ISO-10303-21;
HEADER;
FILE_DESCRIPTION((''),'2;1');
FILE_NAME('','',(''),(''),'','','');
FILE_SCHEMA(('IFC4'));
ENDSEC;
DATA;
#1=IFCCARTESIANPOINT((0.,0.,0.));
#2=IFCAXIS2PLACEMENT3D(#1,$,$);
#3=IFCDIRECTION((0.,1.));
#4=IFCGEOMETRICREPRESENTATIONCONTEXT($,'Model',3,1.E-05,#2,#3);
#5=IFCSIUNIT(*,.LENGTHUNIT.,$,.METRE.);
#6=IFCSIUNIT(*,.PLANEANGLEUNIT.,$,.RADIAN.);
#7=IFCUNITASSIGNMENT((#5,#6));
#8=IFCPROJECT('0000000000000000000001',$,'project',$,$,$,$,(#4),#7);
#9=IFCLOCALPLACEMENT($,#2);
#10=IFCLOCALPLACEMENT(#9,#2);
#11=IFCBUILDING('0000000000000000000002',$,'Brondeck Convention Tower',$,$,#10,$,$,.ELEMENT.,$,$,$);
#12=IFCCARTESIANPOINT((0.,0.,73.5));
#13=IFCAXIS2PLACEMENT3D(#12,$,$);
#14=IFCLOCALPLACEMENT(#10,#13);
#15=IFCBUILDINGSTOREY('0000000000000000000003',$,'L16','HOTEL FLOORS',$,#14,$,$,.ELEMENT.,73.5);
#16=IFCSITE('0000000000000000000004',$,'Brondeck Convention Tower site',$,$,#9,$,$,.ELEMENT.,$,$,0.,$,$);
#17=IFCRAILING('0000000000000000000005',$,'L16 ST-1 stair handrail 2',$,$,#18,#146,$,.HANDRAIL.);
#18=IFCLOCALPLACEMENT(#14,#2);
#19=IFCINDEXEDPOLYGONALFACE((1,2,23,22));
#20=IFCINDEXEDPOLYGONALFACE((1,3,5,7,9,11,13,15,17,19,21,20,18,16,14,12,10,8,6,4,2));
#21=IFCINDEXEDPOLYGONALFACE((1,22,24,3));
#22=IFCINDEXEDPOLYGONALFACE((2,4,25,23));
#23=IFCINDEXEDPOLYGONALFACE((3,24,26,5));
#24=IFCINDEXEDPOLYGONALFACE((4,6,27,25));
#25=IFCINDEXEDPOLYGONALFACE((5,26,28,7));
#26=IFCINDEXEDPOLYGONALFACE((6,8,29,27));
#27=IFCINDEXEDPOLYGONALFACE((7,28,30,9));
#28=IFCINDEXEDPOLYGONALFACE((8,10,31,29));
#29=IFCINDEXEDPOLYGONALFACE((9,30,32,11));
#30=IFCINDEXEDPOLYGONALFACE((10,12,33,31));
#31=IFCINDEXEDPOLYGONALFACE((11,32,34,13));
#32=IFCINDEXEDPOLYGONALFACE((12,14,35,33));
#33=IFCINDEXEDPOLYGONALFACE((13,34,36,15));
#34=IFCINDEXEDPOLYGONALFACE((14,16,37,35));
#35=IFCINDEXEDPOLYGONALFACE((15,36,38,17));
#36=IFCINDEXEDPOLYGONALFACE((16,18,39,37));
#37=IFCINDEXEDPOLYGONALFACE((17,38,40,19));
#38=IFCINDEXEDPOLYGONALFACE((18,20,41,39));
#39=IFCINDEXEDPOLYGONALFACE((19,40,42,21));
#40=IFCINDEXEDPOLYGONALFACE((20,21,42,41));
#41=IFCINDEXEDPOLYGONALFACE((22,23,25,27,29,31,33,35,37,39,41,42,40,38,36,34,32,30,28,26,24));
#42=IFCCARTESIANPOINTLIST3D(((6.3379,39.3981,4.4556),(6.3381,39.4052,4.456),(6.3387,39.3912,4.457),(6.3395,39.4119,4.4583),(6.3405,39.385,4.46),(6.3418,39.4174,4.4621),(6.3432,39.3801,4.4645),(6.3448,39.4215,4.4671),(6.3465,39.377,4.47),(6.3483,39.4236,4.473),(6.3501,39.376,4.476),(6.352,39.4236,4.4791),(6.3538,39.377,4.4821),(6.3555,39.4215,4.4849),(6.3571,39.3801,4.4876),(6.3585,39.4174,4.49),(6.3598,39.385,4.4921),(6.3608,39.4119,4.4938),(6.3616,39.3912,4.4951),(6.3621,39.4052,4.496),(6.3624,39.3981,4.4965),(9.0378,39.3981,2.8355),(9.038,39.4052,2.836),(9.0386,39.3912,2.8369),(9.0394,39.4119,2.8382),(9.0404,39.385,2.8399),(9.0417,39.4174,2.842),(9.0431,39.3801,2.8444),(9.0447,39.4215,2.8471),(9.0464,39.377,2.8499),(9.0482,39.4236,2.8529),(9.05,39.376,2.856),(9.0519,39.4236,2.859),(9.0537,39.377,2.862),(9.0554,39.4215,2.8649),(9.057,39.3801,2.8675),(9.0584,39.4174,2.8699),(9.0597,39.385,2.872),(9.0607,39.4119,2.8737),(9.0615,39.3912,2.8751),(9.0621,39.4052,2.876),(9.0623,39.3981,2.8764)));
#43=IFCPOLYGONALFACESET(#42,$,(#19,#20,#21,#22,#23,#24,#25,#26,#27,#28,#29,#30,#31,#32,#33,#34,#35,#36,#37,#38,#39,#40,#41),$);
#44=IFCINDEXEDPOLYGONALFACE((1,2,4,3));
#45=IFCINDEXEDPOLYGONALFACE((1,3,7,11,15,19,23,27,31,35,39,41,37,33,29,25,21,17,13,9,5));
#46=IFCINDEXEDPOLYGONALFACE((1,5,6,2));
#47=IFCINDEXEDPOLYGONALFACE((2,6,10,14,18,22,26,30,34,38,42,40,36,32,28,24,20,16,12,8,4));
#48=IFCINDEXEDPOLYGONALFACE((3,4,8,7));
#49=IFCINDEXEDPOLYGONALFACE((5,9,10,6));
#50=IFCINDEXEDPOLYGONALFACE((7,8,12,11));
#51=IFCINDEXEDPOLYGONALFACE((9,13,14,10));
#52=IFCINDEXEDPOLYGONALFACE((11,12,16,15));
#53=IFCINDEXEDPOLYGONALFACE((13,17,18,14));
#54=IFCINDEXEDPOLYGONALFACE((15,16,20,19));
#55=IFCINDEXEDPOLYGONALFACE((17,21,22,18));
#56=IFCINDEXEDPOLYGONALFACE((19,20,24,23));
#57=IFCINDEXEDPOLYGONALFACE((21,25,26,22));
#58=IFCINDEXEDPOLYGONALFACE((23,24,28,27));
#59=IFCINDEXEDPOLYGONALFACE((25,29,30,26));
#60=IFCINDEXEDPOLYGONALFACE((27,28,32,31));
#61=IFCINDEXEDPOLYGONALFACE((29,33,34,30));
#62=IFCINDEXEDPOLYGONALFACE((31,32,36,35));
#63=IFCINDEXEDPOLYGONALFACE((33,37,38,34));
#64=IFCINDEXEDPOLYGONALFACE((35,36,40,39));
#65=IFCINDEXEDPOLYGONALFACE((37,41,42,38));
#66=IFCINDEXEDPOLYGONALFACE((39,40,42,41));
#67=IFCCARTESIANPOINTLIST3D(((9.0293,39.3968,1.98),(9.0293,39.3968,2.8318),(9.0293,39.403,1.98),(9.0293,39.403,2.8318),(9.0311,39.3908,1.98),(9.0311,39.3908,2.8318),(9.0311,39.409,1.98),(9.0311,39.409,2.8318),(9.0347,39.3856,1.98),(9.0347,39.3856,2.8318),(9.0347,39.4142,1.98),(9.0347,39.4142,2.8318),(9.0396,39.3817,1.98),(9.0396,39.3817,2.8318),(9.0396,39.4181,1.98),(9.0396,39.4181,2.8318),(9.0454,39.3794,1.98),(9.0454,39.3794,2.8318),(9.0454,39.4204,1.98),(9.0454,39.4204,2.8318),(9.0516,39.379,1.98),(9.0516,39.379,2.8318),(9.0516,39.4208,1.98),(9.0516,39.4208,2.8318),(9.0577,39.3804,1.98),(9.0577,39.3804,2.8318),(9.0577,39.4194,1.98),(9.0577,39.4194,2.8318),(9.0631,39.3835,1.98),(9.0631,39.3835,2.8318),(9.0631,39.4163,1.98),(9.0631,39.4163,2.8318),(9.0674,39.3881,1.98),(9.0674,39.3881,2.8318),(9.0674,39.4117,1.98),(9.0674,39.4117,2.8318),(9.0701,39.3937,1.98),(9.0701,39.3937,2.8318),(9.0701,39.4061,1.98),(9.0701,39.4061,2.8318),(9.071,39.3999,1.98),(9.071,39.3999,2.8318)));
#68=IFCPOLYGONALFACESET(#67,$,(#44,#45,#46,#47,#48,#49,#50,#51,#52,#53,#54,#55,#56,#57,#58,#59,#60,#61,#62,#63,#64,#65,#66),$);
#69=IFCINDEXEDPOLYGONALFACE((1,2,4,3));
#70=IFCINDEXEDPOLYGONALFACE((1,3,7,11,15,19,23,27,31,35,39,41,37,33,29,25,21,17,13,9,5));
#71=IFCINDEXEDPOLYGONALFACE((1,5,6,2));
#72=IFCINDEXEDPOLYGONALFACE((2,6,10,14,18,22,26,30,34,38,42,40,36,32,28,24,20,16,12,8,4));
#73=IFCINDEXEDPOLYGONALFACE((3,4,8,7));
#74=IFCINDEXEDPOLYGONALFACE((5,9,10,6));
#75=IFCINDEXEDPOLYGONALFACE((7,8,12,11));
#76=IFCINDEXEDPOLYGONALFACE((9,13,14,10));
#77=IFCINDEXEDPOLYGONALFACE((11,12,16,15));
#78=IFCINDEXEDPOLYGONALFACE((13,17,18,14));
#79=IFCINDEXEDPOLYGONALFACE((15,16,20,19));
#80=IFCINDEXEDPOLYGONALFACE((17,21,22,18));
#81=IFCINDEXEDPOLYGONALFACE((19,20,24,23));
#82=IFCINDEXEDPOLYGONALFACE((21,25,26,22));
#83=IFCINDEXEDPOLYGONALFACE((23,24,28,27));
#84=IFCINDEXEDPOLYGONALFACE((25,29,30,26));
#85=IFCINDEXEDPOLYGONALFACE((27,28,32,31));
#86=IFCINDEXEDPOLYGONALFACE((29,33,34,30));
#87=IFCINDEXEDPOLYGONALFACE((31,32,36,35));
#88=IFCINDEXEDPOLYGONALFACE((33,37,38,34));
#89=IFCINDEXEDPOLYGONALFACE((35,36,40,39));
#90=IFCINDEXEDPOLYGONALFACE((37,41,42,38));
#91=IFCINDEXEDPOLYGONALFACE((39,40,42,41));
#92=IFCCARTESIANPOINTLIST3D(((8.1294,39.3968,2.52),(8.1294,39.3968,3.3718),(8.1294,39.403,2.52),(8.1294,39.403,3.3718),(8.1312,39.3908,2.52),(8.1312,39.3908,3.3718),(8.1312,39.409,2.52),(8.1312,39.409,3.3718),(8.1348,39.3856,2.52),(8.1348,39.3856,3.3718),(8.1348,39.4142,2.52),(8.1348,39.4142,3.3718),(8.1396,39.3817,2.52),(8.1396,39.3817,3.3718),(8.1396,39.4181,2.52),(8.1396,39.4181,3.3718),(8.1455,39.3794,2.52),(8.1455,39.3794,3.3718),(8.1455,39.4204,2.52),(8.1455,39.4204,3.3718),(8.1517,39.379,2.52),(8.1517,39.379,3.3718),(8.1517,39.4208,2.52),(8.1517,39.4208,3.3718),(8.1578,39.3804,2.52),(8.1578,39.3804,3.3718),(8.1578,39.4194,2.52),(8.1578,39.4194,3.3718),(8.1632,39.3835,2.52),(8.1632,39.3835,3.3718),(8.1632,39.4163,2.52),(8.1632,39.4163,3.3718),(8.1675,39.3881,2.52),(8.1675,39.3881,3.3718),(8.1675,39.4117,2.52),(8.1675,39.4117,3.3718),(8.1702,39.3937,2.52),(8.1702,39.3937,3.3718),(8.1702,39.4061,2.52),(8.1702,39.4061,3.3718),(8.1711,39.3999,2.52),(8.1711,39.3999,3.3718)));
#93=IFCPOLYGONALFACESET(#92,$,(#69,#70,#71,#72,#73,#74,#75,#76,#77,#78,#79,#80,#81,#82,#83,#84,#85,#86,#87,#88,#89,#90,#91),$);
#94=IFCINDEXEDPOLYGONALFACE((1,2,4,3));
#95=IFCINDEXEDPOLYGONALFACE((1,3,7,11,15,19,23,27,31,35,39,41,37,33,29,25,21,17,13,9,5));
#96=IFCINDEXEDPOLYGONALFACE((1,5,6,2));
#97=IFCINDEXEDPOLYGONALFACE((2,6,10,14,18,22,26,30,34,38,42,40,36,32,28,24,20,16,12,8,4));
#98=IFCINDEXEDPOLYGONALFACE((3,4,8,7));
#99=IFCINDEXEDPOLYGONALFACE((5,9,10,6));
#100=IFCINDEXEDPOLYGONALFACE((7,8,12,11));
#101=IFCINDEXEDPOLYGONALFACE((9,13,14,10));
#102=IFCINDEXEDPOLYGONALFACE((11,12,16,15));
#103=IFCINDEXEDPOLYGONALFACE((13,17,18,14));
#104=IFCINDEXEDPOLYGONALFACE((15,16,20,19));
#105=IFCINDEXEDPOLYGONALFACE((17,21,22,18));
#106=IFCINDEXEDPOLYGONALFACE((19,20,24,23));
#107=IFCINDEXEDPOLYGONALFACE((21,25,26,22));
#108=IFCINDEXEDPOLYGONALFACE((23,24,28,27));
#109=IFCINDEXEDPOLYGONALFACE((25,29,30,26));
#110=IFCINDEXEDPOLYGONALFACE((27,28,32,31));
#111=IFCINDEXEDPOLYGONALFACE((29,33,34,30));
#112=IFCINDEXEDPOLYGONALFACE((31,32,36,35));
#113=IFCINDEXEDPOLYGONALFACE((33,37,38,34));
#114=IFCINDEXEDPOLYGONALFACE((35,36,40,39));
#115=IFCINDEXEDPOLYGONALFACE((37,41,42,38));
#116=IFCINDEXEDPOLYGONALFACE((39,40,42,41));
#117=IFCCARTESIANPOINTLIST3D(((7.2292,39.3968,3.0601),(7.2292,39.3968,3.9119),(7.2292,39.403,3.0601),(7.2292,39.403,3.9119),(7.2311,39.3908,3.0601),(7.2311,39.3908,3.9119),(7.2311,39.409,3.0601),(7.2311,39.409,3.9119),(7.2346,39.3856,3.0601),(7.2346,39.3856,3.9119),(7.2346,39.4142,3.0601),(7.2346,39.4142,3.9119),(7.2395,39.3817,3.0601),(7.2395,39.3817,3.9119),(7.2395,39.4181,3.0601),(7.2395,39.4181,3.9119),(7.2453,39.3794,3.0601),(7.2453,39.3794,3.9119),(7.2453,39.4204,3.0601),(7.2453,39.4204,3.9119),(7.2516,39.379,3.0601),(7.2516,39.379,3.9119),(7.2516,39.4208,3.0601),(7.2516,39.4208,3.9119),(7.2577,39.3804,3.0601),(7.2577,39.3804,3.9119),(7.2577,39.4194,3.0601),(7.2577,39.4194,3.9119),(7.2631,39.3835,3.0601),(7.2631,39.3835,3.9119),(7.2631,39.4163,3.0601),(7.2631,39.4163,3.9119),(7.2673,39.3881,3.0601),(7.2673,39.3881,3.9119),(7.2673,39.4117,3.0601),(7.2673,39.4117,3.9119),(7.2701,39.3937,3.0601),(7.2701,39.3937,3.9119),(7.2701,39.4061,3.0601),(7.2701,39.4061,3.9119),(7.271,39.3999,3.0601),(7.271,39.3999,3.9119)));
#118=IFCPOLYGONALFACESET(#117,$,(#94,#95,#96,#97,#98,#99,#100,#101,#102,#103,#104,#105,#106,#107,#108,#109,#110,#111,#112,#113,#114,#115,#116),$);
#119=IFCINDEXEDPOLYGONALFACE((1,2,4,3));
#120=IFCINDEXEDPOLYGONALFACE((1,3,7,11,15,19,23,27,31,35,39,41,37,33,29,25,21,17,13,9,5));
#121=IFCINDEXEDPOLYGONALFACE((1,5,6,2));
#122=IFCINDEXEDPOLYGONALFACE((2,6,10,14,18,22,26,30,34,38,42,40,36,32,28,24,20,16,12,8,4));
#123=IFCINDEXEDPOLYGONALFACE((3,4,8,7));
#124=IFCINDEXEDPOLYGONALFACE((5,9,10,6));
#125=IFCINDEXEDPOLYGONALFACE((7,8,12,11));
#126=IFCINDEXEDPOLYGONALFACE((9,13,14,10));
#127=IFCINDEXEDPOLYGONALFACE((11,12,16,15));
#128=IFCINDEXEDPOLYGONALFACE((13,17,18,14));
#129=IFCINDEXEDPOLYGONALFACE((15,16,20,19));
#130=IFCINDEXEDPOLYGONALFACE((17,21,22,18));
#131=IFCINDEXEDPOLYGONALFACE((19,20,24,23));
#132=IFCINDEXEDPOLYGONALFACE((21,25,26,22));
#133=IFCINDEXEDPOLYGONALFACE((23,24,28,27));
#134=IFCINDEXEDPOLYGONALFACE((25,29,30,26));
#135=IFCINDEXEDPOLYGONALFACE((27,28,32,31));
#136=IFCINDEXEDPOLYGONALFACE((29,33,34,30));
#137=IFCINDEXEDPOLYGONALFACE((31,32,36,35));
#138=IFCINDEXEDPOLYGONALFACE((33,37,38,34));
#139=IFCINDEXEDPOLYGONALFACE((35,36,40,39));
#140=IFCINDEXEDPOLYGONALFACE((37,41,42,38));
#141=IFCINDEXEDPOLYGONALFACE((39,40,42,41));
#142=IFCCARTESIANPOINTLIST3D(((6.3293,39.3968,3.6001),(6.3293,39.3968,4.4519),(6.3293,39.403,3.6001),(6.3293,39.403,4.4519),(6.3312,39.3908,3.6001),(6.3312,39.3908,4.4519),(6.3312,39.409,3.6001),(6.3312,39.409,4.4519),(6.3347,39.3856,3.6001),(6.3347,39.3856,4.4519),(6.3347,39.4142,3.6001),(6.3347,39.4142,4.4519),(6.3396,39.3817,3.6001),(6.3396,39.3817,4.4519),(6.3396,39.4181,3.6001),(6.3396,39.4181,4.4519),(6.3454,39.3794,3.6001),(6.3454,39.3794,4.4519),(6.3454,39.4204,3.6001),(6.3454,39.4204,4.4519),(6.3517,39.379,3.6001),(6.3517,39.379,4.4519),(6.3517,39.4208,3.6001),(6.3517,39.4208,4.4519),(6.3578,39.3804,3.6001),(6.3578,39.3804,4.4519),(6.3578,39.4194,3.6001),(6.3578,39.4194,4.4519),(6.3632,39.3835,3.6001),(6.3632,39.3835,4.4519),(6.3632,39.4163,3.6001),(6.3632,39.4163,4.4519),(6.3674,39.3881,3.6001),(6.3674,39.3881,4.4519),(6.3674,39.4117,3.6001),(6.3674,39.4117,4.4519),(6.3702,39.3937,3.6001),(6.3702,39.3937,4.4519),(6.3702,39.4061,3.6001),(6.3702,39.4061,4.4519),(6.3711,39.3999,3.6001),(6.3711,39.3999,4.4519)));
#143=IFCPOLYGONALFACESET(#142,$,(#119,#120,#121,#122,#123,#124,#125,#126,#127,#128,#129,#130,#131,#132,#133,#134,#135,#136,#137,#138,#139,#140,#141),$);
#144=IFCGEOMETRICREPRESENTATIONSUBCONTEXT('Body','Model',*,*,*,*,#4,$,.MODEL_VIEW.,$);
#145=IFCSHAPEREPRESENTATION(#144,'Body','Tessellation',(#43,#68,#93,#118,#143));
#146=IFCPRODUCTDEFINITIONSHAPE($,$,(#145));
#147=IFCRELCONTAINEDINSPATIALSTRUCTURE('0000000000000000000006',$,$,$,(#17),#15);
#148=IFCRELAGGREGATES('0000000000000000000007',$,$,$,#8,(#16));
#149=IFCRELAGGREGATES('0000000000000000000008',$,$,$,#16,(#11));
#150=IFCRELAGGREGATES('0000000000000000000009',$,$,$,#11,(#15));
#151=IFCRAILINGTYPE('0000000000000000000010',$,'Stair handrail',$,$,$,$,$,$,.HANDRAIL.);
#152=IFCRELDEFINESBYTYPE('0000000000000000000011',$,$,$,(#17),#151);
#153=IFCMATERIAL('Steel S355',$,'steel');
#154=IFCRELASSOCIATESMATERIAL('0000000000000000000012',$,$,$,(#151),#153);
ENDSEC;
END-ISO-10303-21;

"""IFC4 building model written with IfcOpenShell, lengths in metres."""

from ifc_helpers import new_model, si_unit, direction, frame, origin, origin_2d, place, context, subcontext, project, spatial, circle, extrude, material, type_object, element, save


model = new_model("IFC4")

# Units and contexts
model_context = context("Model", 3, precision=1e-05, world=origin(), true_north=direction((0.0, 1.0)))
body_context = subcontext(model_context, "Body", "Model", "MODEL_VIEW")
ifc_project = project(units=[si_unit("LENGTHUNIT", "METRE"), si_unit("PLANEANGLEUNIT", "RADIAN")], contexts=[model_context])

# Site, building, storey
site_placement = place(None, origin())
site = spatial("IfcSite", under=ifc_project, at=site_placement, Name="Brondeck Convention Tower site", CompositionType="ELEMENT", RefElevation=0.0)
building_placement = place(site_placement, origin())
building = spatial("IfcBuilding", under=site, at=building_placement, Name="Brondeck Convention Tower", CompositionType="ELEMENT")
storey_placement = place(building_placement, frame((0.0, 0.0, 73.5)))
storey = spatial("IfcBuildingStorey", under=building, at=storey_placement, Name="L16", Description="HOTEL FLOORS", CompositionType="ELEMENT", Elevation=73.5)

# Shared definitions
ifc_material_1 = material(Name="Steel S355", Category="steel")

# Railing
railing_type = type_object("IfcRailingType", Name="Stair handrail", PredefinedType="HANDRAIL", material=ifc_material_1)
railing_placement = place(storey_placement, frame((9.05, 39.3999, 1.98)))
element("IfcRailing", 1, at=railing_placement, inside=storey, type_object=railing_type, Name="L16 ST-1 stair handrail 2", PredefinedType="HANDRAIL", context=body_context, shape_type="SweptSolid", body=[
    extrude(circle(Radius=0.0239, at=origin_2d()), frame((0.0, 0.0, 0.876), z_axis=(-0.857472, 0.0, 0.51453), x_axis=(0.0, -1.0, 0.0)), (0.0, 0.0, 1.0), 3.1487),
    extrude(circle(Radius=0.021, at=origin_2d()), origin(), (0.0, 0.0, 1.0), 0.8518),
    extrude(circle(Radius=0.021, at=origin_2d()), frame((-0.8999, 0.0, 0.54)), (0.0, 0.0, 1.0), 0.8518),
    extrude(circle(Radius=0.021, at=origin_2d()), frame((-1.8, 0.0, 1.0801)), (0.0, 0.0, 1.0), 0.8518),
    extrude(circle(Radius=0.021, at=origin_2d()), frame((-2.7, 0.0, 1.6201)), (0.0, 0.0, 1.0), 0.8518),
])

save(model, "model.ifc")
